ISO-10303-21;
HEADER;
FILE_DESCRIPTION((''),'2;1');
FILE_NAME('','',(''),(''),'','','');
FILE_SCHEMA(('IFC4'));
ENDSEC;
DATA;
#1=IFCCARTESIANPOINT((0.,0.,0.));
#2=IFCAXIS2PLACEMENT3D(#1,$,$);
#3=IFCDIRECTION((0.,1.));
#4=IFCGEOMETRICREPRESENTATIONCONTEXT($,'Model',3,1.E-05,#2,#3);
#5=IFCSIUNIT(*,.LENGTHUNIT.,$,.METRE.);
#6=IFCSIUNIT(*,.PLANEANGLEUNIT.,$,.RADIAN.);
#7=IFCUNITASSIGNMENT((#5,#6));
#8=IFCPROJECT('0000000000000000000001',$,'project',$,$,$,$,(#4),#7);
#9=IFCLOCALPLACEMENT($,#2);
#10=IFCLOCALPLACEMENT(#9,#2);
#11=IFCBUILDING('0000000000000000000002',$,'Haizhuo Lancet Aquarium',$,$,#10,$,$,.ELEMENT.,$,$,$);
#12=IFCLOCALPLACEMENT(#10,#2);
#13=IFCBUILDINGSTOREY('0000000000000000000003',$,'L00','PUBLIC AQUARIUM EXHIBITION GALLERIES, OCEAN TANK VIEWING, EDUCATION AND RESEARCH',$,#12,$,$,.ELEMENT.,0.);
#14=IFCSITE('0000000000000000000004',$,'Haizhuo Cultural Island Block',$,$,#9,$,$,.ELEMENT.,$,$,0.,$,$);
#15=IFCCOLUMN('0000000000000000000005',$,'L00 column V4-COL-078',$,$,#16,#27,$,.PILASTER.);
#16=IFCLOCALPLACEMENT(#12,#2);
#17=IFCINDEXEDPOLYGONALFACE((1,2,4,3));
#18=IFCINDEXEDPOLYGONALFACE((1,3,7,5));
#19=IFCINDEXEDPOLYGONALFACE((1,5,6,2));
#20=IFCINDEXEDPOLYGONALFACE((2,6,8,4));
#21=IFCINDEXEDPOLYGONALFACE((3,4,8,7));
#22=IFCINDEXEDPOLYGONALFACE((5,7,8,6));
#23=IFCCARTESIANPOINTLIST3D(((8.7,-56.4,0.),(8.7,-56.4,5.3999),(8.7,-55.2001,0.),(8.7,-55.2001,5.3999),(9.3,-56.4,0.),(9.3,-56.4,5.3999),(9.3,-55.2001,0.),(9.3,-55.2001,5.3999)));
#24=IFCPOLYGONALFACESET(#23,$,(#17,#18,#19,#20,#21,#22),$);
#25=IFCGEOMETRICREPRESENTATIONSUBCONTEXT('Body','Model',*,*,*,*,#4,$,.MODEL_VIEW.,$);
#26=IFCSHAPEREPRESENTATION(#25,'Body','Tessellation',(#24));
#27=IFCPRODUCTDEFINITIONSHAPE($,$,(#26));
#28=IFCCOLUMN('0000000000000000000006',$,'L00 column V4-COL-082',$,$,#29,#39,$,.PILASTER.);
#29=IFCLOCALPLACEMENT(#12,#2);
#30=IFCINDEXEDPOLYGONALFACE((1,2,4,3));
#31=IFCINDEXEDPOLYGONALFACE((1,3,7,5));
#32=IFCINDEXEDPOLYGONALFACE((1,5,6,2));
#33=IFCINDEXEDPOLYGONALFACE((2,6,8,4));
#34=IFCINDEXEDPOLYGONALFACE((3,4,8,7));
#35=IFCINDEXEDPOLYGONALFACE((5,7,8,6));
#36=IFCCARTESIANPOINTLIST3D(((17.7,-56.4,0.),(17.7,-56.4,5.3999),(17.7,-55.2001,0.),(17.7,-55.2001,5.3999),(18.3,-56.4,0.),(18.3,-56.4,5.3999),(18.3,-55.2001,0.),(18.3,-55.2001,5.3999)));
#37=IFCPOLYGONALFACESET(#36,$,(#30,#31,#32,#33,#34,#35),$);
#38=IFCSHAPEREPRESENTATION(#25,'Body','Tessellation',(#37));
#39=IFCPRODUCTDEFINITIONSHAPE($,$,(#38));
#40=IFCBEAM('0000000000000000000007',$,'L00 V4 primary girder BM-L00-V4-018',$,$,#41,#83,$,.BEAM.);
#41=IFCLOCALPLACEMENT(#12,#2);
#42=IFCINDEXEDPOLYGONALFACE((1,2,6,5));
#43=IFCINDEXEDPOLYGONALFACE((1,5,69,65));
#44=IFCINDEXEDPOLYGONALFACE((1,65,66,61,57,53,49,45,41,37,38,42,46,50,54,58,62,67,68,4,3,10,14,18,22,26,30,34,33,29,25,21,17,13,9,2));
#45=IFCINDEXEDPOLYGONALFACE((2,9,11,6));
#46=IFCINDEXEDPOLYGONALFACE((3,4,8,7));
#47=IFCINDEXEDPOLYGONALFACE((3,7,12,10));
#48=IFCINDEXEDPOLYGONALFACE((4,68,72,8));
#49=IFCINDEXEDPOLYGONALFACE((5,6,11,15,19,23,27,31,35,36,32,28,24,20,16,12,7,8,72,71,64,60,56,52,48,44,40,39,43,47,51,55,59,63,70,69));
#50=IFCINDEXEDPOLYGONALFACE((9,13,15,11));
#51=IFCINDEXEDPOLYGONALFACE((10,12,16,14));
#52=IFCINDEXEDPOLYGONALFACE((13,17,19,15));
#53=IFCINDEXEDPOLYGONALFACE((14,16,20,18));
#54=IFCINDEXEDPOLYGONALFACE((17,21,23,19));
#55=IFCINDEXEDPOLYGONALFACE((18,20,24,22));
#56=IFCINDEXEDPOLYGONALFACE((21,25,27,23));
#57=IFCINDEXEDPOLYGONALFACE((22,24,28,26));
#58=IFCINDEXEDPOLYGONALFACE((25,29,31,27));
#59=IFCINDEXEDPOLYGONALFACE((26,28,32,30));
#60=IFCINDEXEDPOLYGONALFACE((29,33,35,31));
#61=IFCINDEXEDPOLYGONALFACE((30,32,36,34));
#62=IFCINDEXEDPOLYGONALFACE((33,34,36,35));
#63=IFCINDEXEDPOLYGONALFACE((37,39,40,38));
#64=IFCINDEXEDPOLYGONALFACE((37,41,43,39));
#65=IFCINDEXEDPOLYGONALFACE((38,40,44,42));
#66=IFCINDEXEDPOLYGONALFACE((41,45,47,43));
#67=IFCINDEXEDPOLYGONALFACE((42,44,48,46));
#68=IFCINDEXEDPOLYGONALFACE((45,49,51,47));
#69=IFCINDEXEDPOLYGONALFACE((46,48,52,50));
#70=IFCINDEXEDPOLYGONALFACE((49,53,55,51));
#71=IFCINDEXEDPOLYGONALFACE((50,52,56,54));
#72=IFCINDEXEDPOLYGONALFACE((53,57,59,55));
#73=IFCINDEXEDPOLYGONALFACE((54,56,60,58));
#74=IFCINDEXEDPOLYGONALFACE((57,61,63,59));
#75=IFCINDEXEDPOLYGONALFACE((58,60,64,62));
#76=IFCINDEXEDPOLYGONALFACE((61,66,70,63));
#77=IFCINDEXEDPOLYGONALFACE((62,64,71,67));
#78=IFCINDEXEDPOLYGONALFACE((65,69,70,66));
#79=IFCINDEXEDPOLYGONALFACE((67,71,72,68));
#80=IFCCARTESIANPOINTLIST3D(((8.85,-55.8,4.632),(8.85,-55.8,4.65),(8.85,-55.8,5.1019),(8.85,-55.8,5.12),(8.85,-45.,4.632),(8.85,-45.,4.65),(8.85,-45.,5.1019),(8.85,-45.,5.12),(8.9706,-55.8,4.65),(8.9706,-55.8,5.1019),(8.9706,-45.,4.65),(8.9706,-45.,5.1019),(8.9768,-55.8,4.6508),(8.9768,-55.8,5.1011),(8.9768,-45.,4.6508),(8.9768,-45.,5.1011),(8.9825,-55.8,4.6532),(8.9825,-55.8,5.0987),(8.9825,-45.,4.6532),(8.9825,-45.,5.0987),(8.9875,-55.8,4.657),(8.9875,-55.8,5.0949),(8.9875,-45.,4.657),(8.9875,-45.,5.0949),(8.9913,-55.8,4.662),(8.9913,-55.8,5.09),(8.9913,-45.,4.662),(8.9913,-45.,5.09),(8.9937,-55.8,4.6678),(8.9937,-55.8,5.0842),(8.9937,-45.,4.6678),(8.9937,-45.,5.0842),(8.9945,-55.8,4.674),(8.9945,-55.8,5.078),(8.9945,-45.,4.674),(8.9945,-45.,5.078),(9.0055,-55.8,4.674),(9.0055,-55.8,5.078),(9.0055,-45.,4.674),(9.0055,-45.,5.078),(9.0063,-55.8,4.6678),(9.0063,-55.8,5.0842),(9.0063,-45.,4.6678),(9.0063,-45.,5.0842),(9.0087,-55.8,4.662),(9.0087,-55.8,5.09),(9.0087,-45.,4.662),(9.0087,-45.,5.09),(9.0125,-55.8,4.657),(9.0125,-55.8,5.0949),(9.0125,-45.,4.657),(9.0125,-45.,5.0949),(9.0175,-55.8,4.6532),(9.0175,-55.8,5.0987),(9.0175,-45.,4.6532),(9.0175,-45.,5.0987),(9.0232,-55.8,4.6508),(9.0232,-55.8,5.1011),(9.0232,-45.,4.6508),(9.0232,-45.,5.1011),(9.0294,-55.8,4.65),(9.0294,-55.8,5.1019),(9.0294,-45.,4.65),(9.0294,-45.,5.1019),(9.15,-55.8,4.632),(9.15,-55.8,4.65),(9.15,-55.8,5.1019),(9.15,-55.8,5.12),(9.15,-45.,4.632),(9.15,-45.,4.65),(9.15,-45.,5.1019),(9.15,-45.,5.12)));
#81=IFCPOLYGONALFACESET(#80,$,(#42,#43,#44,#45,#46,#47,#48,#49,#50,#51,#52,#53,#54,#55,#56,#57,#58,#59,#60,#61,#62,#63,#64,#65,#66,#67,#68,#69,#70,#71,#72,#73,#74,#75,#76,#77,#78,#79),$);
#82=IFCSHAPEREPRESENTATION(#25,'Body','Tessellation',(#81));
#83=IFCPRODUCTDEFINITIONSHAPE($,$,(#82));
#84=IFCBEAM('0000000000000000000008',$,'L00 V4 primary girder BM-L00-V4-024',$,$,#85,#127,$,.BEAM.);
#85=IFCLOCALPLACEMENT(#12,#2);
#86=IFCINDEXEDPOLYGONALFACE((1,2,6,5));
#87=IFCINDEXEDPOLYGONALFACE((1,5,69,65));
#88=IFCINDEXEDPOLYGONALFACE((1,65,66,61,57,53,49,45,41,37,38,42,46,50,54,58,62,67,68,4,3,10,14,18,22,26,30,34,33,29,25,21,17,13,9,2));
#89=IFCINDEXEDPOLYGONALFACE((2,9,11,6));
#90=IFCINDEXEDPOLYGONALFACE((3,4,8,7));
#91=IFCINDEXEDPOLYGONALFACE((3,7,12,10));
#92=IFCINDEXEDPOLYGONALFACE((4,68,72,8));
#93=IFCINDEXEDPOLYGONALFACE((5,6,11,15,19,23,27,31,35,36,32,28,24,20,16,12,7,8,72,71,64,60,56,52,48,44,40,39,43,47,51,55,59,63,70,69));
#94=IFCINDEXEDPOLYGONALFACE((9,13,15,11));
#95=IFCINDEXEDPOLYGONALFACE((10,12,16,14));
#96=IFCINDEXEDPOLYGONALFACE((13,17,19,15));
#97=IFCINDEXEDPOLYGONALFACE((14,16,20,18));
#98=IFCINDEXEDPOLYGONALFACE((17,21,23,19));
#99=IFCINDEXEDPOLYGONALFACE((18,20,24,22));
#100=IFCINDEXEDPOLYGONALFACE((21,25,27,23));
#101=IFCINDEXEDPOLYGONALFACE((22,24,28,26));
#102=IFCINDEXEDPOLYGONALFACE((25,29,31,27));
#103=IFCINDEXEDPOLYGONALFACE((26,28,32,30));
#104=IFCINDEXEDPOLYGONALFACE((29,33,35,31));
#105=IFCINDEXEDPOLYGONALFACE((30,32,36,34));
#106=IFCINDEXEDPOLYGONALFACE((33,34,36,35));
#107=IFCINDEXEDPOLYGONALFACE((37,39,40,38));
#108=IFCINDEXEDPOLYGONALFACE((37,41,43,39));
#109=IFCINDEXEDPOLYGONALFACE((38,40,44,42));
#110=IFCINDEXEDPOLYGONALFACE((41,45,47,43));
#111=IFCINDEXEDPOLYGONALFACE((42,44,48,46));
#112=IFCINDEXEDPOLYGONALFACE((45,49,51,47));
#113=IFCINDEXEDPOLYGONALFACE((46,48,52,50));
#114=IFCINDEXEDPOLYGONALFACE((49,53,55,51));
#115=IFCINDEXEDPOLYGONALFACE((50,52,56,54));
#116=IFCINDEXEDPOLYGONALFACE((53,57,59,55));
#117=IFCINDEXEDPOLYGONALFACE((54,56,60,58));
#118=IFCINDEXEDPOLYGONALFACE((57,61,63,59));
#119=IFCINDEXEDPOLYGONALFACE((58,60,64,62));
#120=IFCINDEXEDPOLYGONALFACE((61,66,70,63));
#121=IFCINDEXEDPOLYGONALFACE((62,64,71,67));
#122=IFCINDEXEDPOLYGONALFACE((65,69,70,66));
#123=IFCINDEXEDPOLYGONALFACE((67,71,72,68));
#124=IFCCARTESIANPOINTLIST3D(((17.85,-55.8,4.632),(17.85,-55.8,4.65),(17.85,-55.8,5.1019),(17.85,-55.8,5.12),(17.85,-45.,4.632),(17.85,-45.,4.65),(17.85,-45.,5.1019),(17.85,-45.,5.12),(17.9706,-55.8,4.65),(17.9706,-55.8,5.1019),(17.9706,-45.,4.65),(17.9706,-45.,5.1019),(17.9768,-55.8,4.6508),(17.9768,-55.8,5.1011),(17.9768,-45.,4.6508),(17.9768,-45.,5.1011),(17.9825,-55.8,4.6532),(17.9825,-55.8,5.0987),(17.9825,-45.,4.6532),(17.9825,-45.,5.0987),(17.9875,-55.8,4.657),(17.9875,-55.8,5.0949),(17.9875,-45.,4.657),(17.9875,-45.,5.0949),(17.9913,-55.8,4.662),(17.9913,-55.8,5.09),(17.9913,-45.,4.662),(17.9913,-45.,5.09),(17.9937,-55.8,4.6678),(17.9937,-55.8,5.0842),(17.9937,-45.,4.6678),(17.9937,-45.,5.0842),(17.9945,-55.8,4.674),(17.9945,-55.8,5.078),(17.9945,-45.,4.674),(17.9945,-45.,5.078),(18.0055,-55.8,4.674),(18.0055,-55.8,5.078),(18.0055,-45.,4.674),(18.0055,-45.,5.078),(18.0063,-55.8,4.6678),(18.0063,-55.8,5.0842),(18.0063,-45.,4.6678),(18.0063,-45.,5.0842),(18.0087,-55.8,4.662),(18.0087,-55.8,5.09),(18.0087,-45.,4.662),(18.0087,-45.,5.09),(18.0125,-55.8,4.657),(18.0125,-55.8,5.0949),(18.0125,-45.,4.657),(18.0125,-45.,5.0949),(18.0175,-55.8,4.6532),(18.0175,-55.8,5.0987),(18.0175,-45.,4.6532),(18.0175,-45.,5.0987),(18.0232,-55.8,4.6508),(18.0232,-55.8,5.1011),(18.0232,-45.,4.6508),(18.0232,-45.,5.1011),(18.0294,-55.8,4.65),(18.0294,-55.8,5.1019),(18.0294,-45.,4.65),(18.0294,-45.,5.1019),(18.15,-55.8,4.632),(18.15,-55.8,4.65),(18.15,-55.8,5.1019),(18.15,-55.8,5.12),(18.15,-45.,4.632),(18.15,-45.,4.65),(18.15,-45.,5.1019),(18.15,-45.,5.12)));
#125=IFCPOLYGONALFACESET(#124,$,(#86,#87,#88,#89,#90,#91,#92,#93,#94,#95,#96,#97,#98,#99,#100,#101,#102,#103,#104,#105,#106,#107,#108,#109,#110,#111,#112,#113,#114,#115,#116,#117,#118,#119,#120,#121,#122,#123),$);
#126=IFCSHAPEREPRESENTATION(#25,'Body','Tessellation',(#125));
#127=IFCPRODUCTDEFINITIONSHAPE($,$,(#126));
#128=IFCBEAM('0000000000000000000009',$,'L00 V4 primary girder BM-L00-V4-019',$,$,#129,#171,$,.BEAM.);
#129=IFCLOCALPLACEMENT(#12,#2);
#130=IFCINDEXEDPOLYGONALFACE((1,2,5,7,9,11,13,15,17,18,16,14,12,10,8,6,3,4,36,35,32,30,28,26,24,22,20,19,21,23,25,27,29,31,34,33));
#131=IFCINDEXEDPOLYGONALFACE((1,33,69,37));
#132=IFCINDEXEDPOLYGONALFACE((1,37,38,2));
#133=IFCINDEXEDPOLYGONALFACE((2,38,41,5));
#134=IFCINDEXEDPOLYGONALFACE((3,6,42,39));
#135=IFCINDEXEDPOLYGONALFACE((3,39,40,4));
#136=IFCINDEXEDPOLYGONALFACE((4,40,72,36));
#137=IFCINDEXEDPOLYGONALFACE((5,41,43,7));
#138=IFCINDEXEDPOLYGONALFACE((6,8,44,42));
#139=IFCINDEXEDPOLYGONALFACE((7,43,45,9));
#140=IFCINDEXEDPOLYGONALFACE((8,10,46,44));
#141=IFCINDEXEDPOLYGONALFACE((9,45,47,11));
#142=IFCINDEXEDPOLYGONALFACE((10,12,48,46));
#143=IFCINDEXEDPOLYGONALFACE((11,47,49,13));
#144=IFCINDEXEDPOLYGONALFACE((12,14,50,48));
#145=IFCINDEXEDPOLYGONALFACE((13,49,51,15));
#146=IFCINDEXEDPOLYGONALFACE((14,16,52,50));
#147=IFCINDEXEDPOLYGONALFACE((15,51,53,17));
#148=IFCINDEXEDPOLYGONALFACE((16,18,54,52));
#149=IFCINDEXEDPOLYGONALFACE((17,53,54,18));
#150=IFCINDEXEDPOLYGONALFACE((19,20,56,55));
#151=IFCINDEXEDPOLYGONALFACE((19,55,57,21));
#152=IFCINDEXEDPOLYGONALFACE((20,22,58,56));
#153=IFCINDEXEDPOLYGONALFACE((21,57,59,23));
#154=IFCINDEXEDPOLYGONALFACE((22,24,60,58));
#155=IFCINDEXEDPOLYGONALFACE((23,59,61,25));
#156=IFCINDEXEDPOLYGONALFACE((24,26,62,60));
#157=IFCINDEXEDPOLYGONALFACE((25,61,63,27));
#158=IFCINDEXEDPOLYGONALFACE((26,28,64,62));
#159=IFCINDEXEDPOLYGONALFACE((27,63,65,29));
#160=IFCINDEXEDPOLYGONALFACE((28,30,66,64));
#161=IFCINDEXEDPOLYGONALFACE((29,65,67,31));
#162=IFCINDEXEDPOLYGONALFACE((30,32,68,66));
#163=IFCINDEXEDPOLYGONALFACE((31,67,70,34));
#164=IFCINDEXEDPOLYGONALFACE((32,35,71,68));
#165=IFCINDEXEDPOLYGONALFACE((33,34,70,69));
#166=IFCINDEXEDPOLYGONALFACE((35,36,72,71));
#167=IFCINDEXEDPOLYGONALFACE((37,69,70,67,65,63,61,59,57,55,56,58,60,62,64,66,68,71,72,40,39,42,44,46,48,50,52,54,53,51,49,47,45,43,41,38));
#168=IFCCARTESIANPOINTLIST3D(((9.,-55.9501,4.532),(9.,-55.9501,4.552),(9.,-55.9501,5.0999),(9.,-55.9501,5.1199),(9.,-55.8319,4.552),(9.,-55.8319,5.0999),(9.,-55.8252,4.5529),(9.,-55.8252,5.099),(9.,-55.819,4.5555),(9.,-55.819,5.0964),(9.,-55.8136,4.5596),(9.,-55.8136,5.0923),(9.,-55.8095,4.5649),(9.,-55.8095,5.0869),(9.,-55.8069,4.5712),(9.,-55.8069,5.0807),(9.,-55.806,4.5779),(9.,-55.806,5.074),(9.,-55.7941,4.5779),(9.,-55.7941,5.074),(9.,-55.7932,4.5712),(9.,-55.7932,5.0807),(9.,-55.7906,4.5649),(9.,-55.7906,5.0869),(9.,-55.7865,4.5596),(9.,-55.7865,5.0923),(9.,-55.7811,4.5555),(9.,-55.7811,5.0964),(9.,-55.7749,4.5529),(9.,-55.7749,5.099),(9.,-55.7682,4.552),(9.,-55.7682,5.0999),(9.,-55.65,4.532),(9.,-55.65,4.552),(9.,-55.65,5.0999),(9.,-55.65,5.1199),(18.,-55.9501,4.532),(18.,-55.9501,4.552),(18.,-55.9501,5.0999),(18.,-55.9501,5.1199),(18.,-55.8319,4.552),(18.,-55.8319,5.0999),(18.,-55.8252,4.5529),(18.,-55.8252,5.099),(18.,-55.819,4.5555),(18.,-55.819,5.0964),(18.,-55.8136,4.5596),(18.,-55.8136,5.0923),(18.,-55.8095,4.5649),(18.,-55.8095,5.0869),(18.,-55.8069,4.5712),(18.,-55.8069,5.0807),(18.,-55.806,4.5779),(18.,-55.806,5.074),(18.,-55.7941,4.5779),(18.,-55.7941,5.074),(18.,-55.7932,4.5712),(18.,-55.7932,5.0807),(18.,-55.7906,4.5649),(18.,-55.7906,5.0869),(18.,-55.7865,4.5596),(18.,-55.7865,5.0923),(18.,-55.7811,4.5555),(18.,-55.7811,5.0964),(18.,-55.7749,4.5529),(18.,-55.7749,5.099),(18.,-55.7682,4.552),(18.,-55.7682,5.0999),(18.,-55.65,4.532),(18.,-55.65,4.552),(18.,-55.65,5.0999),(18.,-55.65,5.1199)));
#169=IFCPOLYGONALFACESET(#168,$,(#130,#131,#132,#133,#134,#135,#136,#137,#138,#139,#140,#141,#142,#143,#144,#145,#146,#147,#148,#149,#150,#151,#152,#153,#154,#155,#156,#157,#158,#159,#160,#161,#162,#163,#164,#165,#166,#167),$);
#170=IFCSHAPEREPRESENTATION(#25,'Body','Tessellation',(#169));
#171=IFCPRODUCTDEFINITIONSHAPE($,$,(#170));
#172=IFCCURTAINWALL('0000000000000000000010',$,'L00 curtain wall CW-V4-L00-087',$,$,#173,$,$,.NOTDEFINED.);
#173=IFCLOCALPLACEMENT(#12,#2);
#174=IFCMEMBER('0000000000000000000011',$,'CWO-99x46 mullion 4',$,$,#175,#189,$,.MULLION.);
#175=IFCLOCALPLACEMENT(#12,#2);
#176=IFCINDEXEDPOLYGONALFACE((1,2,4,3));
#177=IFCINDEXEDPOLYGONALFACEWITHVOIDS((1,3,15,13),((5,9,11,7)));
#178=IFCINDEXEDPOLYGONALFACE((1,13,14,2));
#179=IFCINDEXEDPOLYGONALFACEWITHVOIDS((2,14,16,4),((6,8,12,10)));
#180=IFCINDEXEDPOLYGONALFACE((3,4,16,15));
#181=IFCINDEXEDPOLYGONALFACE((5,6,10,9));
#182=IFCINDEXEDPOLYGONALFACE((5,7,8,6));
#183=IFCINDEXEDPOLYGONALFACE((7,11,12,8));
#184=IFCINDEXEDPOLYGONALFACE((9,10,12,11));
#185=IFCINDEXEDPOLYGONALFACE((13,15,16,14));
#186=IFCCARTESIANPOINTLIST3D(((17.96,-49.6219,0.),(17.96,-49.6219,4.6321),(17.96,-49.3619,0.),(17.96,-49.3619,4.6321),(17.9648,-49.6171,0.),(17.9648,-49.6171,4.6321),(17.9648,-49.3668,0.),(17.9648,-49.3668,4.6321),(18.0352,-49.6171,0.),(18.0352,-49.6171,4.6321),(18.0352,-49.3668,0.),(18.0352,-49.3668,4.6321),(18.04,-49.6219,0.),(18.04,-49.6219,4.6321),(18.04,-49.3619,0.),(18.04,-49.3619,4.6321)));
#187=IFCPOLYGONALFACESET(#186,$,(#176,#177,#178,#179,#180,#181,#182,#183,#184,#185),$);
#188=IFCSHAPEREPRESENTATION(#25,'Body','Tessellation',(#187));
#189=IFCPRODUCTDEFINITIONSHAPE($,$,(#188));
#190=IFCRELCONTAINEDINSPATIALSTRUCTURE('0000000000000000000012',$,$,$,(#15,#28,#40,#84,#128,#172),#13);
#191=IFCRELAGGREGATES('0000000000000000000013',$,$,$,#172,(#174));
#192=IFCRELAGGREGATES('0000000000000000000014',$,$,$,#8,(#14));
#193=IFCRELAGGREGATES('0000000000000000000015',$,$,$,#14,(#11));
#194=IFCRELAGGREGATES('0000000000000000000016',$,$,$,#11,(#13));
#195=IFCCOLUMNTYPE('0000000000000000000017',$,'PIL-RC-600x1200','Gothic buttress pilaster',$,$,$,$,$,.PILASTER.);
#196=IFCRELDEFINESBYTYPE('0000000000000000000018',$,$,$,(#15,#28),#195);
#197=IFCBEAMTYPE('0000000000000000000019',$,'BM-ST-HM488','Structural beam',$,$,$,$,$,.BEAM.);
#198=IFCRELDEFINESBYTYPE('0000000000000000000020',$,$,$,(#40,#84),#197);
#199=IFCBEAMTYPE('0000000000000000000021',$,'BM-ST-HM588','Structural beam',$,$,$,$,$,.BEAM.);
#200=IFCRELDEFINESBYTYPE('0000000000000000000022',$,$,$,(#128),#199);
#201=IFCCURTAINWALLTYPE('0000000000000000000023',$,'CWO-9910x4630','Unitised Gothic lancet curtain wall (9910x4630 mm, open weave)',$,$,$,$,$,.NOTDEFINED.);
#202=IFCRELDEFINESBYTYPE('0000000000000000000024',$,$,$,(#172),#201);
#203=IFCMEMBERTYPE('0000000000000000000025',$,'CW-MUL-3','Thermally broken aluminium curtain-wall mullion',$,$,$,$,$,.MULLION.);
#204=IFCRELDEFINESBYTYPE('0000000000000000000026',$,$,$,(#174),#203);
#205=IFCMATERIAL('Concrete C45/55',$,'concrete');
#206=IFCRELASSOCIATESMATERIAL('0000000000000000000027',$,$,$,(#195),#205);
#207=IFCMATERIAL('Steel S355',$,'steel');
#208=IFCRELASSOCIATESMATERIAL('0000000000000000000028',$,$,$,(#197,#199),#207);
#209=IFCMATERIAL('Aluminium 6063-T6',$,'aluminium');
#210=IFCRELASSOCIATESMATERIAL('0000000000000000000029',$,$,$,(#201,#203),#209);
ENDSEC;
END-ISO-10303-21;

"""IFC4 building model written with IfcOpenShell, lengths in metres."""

from ifc_helpers import new_model, si_unit, direction, frame, origin, origin_2d, place, context, subcontext, project, spatial, rectangle, hollow_rectangle, i_section, extrude, material, material_profile, profile_set, type_object, element, aggregate, save


model = new_model("IFC4")

# Units and contexts
model_context = context("Model", 3, precision=1e-05, world=origin(), true_north=direction((0.0, 1.0)))
body_context = subcontext(model_context, "Body", "Model", "MODEL_VIEW")
ifc_project = project(units=[si_unit("LENGTHUNIT", "METRE"), si_unit("PLANEANGLEUNIT", "RADIAN")], contexts=[model_context])

# Site, building, storey
site_placement = place(None, origin())
site = spatial("IfcSite", under=ifc_project, at=site_placement, Name="Haizhuo Cultural Island Block", CompositionType="ELEMENT", RefElevation=0.0)
building_placement = place(site_placement, origin())
building = spatial("IfcBuilding", under=site, at=building_placement, Name="Haizhuo Lancet Aquarium", CompositionType="ELEMENT")
storey_placement = place(building_placement, origin())
storey = spatial("IfcBuildingStorey", under=building, at=storey_placement, Name="L00", Description="PUBLIC AQUARIUM EXHIBITION GALLERIES, OCEAN TANK VIEWING, EDUCATION AND RESEARCH", CompositionType="ELEMENT", Elevation=0.0)

# Columns
ifc_material_1 = material(Name="Concrete C45/55", Category="concrete")
ifc_material_profile_1 = material_profile(ifc_material_1, rectangle(XDim=0.6001, YDim=1.2, at=origin_2d()), Name="RC-PIL 600x1200")
ifc_profile_set_1 = profile_set([ifc_material_profile_1], Name="Concrete C45/55")
column_type = type_object("IfcColumnType", Name="PIL-RC-600x1200", Description="Gothic buttress pilaster", PredefinedType="PILASTER", material=ifc_profile_set_1)
for number, where, z_axis, x_axis, name in (
    (1, (9.0, -55.8, 0.0), (0.0, 0.0, 1.0), (1.0, 0.0, 0.0), "L00 column V4-COL-078"),
    (2, (18.0, -55.8, 0.0), (0.0, 0.0, 1.0), (1.0, 0.0, 0.0), "L00 column V4-COL-082"),
):
    element("IfcColumn", number, at=place(storey_placement, frame(where, z_axis=z_axis, x_axis=x_axis)), inside=storey, type_object=column_type, Name=name, PredefinedType="PILASTER", context=body_context, shape_type="SweptSolid", body=[
        extrude(rectangle(XDim=0.6001, YDim=1.2, at=origin_2d()), origin(), (0.0, 0.0, 1.0), 5.3999),
    ])

# Beams
ifc_material_2 = material(Name="Steel S355", Category="steel")
ifc_material_profile_2 = material_profile(ifc_material_2, i_section(OverallWidth=0.3, OverallDepth=0.488, WebThickness=0.011, FlangeThickness=0.0181, FilletRadius=0.0239, at=origin_2d()), Name="HM 488x300x11x18")
ifc_profile_set_2 = profile_set([ifc_material_profile_2], Name="Steel S355")
beam_type_1 = type_object("IfcBeamType", Name="BM-ST-HM488", Description="Structural beam", PredefinedType="BEAM", material=ifc_profile_set_2)
for number, where, z_axis, x_axis, name in (
    (3, (9.0, -55.8, 4.876), (0.0, 1.0, 0.0), (-1.0, 0.0, 0.0), "L00 V4 primary girder BM-L00-V4-018"),
    (4, (18.0, -55.8, 4.876), (0.0, 1.0, 0.0), (-1.0, 0.0, 0.0), "L00 V4 primary girder BM-L00-V4-024"),
):
    element("IfcBeam", number, at=place(storey_placement, frame(where, z_axis=z_axis, x_axis=x_axis)), inside=storey, type_object=beam_type_1, Name=name, PredefinedType="BEAM", context=body_context, shape_type="SweptSolid", body=[
        extrude(i_section(OverallWidth=0.3, OverallDepth=0.488, WebThickness=0.011, FlangeThickness=0.0181, FilletRadius=0.0239, at=origin_2d()), origin(), (0.0, 0.0, 1.0), 10.8),
    ])
ifc_material_profile_3 = material_profile(ifc_material_2, i_section(OverallWidth=0.3, OverallDepth=0.5879, WebThickness=0.012, FlangeThickness=0.02, FilletRadius=0.0259, at=origin_2d()), Name="HM 588x300x12x20")
ifc_profile_set_3 = profile_set([ifc_material_profile_3], Name="Steel S355")
beam_type_2 = type_object("IfcBeamType", Name="BM-ST-HM588", Description="Structural beam", PredefinedType="BEAM", material=ifc_profile_set_3)
beam_1_placement = place(storey_placement, frame((9.0, -55.8, 4.8259), z_axis=(1.0, 0.0, 0.0), x_axis=(0.0, 1.0, 0.0)))
element("IfcBeam", 5, at=beam_1_placement, inside=storey, type_object=beam_type_2, Name="L00 V4 primary girder BM-L00-V4-019", PredefinedType="BEAM", context=body_context, shape_type="SweptSolid", body=[
    extrude(i_section(OverallWidth=0.3, OverallDepth=0.5879, WebThickness=0.012, FlangeThickness=0.02, FilletRadius=0.0259, at=origin_2d()), origin(), (0.0, 0.0, 1.0), 9.0),
])

# Curtain wall, member
ifc_material_3 = material(Name="Aluminium 6063-T6", Category="aluminium")
curtain_wall_type = type_object("IfcCurtainWallType", Name="CWO-9910x4630", Description="Unitised Gothic lancet curtain wall (9910x4630 mm, open weave)", PredefinedType="NOTDEFINED", material=ifc_material_3)
curtain_wall_placement = place(storey_placement, origin())
curtain_wall = element("IfcCurtainWall", 6, at=curtain_wall_placement, inside=storey, type_object=curtain_wall_type, Name="L00 curtain wall CW-V4-L00-087", PredefinedType="NOTDEFINED")
ifc_material_profile_4 = material_profile(ifc_material_3, hollow_rectangle(XDim=0.0801, YDim=0.26, WallThickness=0.0049, at=origin_2d()), Name="ALU-M 80x260x5")
ifc_profile_set_4 = profile_set([ifc_material_profile_4], Name="Aluminium 6063-T6")
member_type_1 = type_object("IfcMemberType", Name="CW-MUL-3", Description="Thermally broken aluminium curtain-wall mullion", PredefinedType="MULLION", material=ifc_profile_set_4)
member_1_placement = place(storey_placement, frame((18.0, -49.4919, 0.0), z_axis=(0.0, 0.0, 1.0), x_axis=(1.0, 0.0, 0.0)))
member_1 = element("IfcMember", 7, at=member_1_placement, type_object=member_type_1, Name="CWO-99x46 mullion 4", PredefinedType="MULLION", context=body_context, shape_type="SweptSolid", body=[
    extrude(hollow_rectangle(XDim=0.0801, YDim=0.26, WallThickness=0.0049, at=origin_2d()), origin(), (0.0, 0.0, 1.0), 4.6321),
])

aggregate(curtain_wall, [member_1])

save(model, "model.ifc")
